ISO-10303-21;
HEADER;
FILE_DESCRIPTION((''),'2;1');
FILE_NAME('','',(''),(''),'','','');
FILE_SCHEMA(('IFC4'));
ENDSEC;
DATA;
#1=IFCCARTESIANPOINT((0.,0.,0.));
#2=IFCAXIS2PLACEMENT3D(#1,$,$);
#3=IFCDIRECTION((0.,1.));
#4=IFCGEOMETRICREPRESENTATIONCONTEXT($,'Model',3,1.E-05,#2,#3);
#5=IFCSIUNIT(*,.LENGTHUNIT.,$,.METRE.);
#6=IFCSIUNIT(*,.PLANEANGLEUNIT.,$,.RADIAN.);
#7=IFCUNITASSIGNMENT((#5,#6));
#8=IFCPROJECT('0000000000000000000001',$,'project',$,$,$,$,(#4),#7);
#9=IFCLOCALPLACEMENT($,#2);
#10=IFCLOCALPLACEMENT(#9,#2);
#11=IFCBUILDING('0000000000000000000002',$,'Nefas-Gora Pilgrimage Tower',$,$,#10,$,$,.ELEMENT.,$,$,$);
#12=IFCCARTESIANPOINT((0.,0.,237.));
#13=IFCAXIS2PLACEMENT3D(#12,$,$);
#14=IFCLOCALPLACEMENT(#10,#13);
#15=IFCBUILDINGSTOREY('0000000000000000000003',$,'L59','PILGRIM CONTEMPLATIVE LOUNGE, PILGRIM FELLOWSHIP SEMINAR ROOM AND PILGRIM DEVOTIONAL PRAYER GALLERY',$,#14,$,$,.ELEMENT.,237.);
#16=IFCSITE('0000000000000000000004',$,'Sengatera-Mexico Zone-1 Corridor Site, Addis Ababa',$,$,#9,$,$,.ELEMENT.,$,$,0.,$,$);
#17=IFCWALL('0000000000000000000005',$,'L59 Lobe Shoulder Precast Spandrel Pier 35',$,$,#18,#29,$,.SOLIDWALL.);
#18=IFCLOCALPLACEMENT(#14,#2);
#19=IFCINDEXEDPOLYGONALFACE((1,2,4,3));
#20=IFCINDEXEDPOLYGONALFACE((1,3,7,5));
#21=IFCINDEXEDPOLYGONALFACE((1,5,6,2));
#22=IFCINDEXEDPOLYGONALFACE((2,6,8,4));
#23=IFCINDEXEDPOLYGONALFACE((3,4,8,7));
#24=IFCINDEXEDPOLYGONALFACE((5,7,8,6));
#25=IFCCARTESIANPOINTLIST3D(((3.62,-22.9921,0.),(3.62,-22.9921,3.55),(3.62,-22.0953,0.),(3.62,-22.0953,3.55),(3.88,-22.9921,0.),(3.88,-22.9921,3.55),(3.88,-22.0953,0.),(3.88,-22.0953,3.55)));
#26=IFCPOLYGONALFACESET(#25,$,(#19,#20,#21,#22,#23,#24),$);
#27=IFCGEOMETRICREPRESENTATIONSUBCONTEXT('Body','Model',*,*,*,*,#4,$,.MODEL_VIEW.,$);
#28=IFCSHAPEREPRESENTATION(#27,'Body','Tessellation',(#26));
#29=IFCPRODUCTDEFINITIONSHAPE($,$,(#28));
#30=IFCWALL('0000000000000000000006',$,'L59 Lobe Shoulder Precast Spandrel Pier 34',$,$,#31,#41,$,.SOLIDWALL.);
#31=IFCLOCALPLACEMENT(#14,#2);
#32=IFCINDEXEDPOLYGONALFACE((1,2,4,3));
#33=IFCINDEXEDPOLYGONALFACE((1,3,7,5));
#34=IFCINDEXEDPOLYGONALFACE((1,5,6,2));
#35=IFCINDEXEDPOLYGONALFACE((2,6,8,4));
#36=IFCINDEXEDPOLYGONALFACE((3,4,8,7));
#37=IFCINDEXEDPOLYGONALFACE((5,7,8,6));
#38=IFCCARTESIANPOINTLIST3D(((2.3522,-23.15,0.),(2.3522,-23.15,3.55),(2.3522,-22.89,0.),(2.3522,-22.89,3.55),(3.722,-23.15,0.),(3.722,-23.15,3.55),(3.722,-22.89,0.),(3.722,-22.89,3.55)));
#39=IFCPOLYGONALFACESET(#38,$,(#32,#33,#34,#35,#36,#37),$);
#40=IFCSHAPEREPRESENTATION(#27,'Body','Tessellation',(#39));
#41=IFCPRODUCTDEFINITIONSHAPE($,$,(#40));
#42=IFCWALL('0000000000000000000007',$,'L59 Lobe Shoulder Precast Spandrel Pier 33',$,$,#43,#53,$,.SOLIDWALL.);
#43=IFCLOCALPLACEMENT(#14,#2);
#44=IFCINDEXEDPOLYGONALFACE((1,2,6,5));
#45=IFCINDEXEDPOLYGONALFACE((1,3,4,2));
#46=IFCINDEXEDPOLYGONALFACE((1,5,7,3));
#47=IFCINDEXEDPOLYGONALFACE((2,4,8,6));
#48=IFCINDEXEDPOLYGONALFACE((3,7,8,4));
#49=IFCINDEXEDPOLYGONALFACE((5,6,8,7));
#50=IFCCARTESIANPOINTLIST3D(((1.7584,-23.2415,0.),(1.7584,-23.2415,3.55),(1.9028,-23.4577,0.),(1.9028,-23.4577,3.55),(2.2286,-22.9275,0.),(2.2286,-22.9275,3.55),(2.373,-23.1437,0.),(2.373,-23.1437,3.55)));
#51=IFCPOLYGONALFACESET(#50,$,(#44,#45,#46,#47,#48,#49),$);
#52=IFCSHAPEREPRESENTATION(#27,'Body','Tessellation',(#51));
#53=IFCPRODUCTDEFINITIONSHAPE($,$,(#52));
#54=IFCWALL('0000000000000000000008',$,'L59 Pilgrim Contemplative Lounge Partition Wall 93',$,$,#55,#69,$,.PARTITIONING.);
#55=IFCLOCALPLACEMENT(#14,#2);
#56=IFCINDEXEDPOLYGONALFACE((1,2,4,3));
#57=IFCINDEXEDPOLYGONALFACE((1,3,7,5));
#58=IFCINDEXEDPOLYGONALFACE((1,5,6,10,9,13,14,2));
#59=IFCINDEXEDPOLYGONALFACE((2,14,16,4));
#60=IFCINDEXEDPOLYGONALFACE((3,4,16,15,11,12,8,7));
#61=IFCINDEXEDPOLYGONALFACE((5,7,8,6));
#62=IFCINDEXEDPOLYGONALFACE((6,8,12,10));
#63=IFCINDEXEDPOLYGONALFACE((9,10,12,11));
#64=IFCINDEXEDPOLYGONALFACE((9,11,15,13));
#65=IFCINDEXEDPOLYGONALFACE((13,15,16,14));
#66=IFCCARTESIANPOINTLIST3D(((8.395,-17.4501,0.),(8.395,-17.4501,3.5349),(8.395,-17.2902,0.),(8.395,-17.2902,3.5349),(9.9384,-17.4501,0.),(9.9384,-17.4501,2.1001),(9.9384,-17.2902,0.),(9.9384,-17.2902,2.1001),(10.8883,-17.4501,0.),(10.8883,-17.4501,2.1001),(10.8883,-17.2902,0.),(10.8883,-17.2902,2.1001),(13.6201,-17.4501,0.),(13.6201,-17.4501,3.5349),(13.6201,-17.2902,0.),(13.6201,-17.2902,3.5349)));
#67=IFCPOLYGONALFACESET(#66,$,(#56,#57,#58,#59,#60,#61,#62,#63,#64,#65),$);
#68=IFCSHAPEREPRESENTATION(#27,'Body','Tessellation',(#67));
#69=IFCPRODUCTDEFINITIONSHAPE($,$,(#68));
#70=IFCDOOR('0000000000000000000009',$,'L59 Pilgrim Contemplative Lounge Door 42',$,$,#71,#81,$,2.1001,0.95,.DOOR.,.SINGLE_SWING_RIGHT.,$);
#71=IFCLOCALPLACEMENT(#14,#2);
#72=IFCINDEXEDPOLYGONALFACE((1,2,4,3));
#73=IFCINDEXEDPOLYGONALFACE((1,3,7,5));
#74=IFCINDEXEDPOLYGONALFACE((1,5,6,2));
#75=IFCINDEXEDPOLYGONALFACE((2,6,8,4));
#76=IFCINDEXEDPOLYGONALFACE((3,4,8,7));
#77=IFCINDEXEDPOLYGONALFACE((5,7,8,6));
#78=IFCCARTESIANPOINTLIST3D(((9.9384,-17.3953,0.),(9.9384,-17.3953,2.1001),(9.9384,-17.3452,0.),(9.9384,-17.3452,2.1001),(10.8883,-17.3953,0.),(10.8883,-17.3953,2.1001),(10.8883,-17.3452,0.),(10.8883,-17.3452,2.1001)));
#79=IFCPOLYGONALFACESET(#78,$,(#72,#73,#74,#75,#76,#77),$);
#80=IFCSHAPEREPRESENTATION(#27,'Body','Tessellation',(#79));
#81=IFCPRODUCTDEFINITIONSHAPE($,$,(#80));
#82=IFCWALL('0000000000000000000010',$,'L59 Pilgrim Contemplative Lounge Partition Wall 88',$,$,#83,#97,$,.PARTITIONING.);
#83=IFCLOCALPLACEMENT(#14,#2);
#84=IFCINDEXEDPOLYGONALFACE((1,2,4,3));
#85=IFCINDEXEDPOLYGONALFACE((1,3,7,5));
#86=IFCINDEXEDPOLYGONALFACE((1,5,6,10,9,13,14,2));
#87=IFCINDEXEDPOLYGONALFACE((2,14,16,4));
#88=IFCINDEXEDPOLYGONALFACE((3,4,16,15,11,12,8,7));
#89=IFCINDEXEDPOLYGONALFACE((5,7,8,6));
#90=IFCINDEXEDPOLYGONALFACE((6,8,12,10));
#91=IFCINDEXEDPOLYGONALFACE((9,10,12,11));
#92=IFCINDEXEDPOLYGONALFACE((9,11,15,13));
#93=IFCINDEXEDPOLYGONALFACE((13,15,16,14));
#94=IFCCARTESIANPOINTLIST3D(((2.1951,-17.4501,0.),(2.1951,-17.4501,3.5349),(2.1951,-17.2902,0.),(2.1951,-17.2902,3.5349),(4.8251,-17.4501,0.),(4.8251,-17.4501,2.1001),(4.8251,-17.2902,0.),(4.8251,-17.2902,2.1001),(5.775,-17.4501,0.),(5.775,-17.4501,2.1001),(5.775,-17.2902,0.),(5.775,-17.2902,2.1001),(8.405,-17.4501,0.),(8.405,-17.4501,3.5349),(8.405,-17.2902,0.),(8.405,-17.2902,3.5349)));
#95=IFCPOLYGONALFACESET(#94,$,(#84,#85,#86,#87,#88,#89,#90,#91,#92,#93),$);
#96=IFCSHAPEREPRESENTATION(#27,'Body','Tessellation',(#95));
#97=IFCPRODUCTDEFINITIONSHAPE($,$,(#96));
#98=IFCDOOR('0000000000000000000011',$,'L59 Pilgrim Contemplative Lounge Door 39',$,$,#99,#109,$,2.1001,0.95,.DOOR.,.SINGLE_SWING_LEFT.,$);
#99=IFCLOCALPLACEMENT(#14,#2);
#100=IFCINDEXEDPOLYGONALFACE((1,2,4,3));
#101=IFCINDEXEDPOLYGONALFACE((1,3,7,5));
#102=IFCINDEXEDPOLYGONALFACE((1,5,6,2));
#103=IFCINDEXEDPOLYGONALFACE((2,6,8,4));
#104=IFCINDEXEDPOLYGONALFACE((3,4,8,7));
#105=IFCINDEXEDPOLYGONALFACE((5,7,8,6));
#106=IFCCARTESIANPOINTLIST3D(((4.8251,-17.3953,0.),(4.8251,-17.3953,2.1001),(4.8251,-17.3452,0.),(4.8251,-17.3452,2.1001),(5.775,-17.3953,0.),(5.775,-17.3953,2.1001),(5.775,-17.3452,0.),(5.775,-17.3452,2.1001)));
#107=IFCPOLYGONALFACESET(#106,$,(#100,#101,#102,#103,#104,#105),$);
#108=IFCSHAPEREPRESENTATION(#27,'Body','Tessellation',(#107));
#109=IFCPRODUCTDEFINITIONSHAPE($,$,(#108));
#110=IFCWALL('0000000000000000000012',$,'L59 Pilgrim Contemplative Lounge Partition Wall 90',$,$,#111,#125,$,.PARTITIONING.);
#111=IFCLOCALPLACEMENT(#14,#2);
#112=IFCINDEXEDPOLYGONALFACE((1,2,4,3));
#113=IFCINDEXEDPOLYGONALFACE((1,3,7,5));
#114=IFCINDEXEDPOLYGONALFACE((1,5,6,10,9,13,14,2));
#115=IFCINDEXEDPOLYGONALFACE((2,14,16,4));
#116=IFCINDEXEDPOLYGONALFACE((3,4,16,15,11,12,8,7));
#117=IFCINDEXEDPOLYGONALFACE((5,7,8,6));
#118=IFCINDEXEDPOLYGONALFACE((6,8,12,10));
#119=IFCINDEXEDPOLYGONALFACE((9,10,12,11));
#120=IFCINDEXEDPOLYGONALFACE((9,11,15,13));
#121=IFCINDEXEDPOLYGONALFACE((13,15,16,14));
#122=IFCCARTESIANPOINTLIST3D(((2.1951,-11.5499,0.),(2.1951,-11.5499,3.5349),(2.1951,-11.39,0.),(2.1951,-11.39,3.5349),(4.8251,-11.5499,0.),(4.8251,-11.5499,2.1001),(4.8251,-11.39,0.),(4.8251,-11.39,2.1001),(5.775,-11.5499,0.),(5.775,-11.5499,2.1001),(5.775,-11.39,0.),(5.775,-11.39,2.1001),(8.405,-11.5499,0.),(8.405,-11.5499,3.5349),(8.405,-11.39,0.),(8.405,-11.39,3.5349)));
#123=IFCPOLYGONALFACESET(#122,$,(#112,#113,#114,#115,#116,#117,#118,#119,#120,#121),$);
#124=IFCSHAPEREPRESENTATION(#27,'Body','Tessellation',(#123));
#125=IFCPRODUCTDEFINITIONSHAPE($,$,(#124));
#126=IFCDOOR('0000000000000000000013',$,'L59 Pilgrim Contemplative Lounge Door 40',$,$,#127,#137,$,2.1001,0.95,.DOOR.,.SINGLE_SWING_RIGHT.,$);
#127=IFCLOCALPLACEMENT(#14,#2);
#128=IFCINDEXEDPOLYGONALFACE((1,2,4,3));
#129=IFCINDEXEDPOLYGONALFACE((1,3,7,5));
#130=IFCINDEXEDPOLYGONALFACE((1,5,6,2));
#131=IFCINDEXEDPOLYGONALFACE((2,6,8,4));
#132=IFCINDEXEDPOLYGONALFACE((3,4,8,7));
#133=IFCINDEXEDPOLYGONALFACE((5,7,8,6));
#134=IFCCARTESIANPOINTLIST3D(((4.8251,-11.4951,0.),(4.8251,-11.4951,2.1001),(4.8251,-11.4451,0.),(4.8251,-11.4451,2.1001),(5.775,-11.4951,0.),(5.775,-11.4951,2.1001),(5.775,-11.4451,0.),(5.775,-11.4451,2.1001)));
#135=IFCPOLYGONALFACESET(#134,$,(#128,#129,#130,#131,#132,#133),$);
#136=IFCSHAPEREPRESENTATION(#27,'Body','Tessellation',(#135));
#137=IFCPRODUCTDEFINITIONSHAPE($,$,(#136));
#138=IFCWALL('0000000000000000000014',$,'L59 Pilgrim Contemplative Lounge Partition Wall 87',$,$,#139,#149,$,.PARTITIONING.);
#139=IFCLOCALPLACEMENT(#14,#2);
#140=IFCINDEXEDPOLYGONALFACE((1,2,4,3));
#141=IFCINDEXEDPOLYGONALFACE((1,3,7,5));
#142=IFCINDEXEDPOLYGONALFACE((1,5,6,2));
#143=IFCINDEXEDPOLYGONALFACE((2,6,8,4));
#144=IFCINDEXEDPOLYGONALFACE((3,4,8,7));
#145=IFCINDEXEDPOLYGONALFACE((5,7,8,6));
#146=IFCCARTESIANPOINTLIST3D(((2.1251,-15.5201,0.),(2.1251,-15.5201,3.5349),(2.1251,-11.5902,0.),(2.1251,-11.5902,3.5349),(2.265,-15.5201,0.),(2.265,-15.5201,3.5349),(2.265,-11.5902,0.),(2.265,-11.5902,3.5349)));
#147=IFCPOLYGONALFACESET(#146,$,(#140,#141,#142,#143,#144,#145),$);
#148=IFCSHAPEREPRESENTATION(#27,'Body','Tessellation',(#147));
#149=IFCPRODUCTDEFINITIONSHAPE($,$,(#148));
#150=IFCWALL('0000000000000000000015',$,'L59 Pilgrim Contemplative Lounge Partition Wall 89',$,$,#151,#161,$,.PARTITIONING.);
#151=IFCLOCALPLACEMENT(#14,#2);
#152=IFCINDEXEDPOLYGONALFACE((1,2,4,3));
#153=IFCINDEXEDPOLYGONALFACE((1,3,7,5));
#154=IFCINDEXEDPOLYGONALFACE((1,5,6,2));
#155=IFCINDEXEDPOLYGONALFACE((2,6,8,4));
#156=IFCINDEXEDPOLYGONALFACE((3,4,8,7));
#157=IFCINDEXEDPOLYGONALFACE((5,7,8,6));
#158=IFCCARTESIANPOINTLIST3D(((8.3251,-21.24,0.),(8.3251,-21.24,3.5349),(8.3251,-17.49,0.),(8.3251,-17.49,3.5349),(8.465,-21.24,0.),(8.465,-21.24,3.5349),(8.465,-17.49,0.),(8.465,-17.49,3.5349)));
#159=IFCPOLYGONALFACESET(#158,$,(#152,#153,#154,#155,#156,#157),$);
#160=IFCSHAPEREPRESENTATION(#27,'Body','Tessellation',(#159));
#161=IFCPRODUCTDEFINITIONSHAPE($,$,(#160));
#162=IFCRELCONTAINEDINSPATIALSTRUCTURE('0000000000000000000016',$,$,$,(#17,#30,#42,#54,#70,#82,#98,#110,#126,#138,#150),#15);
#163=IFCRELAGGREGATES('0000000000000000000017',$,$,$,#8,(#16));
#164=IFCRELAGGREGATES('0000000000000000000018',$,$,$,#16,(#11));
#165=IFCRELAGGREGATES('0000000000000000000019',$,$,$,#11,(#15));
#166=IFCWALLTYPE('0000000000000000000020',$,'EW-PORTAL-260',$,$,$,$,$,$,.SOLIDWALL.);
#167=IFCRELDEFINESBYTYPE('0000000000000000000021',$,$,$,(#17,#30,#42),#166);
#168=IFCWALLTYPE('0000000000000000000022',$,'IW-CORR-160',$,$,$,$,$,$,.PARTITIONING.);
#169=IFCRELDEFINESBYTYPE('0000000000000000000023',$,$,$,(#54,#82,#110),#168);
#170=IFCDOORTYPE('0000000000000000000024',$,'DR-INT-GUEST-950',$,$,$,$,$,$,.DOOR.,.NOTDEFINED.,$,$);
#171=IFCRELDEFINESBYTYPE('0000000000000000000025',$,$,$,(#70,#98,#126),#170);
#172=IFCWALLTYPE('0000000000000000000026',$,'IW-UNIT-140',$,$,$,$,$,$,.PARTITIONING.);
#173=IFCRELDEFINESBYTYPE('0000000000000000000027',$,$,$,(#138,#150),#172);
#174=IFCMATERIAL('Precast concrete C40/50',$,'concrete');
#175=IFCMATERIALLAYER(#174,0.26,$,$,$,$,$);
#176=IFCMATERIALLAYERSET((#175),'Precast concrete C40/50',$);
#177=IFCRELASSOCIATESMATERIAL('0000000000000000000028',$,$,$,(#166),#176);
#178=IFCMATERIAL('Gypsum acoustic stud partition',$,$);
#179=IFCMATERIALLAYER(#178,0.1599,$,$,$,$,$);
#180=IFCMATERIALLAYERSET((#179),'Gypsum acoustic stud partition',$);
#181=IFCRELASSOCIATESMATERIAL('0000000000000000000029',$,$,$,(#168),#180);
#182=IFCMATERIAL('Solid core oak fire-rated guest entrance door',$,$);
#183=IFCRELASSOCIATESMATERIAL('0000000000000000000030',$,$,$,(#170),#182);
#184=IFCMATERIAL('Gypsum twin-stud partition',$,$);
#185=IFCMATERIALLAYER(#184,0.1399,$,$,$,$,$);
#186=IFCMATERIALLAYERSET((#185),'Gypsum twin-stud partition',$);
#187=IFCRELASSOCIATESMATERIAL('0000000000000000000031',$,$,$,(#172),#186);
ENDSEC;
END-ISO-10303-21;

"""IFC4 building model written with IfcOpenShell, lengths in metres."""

from ifc_helpers import new_model, si_unit, direction, frame, frame_2d, origin, place, context, subcontext, project, spatial, rectangle, extrude, source, transform, mapped, material, layer, layer_set, type_object, element, fill, save


model = new_model("IFC4")

# Units and contexts
model_context = context("Model", 3, precision=1e-05, world=origin(), true_north=direction((0.0, 1.0)))
body_context = subcontext(model_context, "Body", "Model", "MODEL_VIEW")
ifc_project = project(units=[si_unit("LENGTHUNIT", "METRE"), si_unit("PLANEANGLEUNIT", "RADIAN")], contexts=[model_context])

# Site, building, storey
site_placement = place(None, origin())
site = spatial("IfcSite", under=ifc_project, at=site_placement, Name="Sengatera-Mexico Zone-1 Corridor Site, Addis Ababa", CompositionType="ELEMENT", RefElevation=0.0)
building_placement = place(site_placement, origin())
building = spatial("IfcBuilding", under=site, at=building_placement, Name="Nefas-Gora Pilgrimage Tower", CompositionType="ELEMENT")
storey_placement = place(building_placement, frame((0.0, 0.0, 237.0)))
storey = spatial("IfcBuildingStorey", under=building, at=storey_placement, Name="L59", Description="PILGRIM CONTEMPLATIVE LOUNGE, PILGRIM FELLOWSHIP SEMINAR ROOM AND PILGRIM DEVOTIONAL PRAYER GALLERY", CompositionType="ELEMENT", Elevation=237.0)

# Walls
ifc_material_1 = material(Name="Precast concrete C40/50", Category="concrete")
ifc_layer_1 = layer(ifc_material_1, 0.26)
ifc_layer_set_1 = layer_set([ifc_layer_1], Name="Precast concrete C40/50")
wall_type_1 = type_object("IfcWallType", Name="EW-PORTAL-260", PredefinedType="SOLIDWALL", material=ifc_layer_set_1)
shared_shape_1 = source(origin(), body_context, "Body", "SweptSolid", [
    extrude(rectangle(XDim=0.8967, YDim=0.26, at=frame_2d((0.4482, 0.0))), origin(), (0.0, 0.0, 1.0), 3.55),
])
wall_1_placement = place(storey_placement, frame((3.75, -22.9919, 0.0), z_axis=(0.0, 0.0, 1.0), x_axis=(0.0, 1.0, 0.0)))
element("IfcWall", 1, at=wall_1_placement, inside=storey, type_object=wall_type_1, Name="L59 Lobe Shoulder Precast Spandrel Pier 35", PredefinedType="SOLIDWALL", context=body_context, shape_type="MappedRepresentation", body=[
    mapped(shared_shape_1, transform((0.0, 0.0, 0.0), x_axis=(1.0, 0.0, 0.0), y_axis=(0.0, 1.0, 0.0), z_axis=(0.0, 0.0, 1.0), scale=1.0)),
])
shared_shape_2 = source(origin(), body_context, "Body", "SweptSolid", [
    extrude(rectangle(XDim=1.3699, YDim=0.26, at=frame_2d((0.6851, 0.0))), origin(), (0.0, 0.0, 1.0), 3.55),
])
wall_2_placement = place(storey_placement, frame((2.3521, -23.02, 0.0), z_axis=(0.0, 0.0, 1.0), x_axis=(1.0, 0.0, 0.0)))
element("IfcWall", 2, at=wall_2_placement, inside=storey, type_object=wall_type_1, Name="L59 Lobe Shoulder Precast Spandrel Pier 34", PredefinedType="SOLIDWALL", context=body_context, shape_type="MappedRepresentation", body=[
    mapped(shared_shape_2, transform((0.0, 0.0, 0.0), x_axis=(1.0, 0.0, 0.0), y_axis=(0.0, 1.0, 0.0), z_axis=(0.0, 0.0, 1.0), scale=1.0)),
])
shared_shape_3 = source(origin(), body_context, "Body", "SweptSolid", [
    extrude(rectangle(XDim=0.5654, YDim=0.26, at=frame_2d((0.2827, 0.0))), origin(), (0.0, 0.0, 1.0), 3.55),
])
wall_3_placement = place(storey_placement, frame((1.8306, -23.3496, 0.0), z_axis=(0.0, 0.0, 1.0), x_axis=(0.831651, 0.555298, 0.0)))
element("IfcWall", 3, at=wall_3_placement, inside=storey, type_object=wall_type_1, Name="L59 Lobe Shoulder Precast Spandrel Pier 33", PredefinedType="SOLIDWALL", context=body_context, shape_type="MappedRepresentation", body=[
    mapped(shared_shape_3, transform((0.0, 0.0, 0.0), x_axis=(1.0, 0.0, 0.0), y_axis=(0.0, 1.0, 0.0), z_axis=(0.0, 0.0, 1.0), scale=1.0)),
])

# Walls, openings, doors
ifc_material_2 = material(Name="Gypsum acoustic stud partition")
ifc_layer_2 = layer(ifc_material_2, 0.1599)
ifc_layer_set_2 = layer_set([ifc_layer_2], Name="Gypsum acoustic stud partition")
wall_type_2 = type_object("IfcWallType", Name="IW-CORR-160", PredefinedType="PARTITIONING", material=ifc_layer_set_2)
shared_shape_4 = source(origin(), body_context, "Body", "SweptSolid", [
    extrude(rectangle(XDim=5.2251, YDim=0.1599, at=frame_2d((2.6125, 0.0))), origin(), (0.0, 0.0, 1.0), 3.5349),
])
wall_4_placement = place(storey_placement, frame((8.395, -17.3701, 0.0), z_axis=(0.0, 0.0, 1.0), x_axis=(1.0, 0.0, 0.0)))
wall_4 = element("IfcWall", 4, at=wall_4_placement, inside=storey, type_object=wall_type_2, Name="L59 Pilgrim Contemplative Lounge Partition Wall 93", PredefinedType="PARTITIONING", context=body_context, shape_type="MappedRepresentation", body=[
    mapped(shared_shape_4, transform((0.0, 0.0, 0.0), x_axis=(1.0, 0.0, 0.0), y_axis=(0.0, 1.0, 0.0), z_axis=(0.0, 0.0, 1.0), scale=1.0)),
])
opening_1_placement = place(wall_4_placement, frame((1.5432, 0.0, 0.0)))
opening_1 = element("IfcOpeningElement", 5, at=opening_1_placement, cuts=wall_4, PredefinedType="OPENING", context=body_context, shape_type="SweptSolid", body=[
    extrude(rectangle(XDim=0.95, YDim=2.1001, at=frame_2d((0.4751, 1.05))), frame((0.0, 0.0898, 0.0), z_axis=(0.0, -1.0, 0.0), x_axis=(1.0, 0.0, 0.0)), (0.0, 0.0, 1.0), 0.1799),
])
ifc_material_3 = material(Name="Solid core oak fire-rated guest entrance door")
door_type = type_object("IfcDoorType", Name="DR-INT-GUEST-950", OperationType="NOTDEFINED", PredefinedType="DOOR", material=ifc_material_3)
shared_shape_5 = source(origin(), body_context, "Body", "SweptSolid", [
    extrude(rectangle(XDim=0.95, YDim=2.1001, at=frame_2d((0.4751, 1.05))), frame((0.0, 0.0249, 0.0), z_axis=(0.0, -1.0, 0.0), x_axis=(1.0, 0.0, 0.0)), (0.0, 0.0, 1.0), 0.05),
])
door_1_placement = place(opening_1_placement, origin())
door_1 = element("IfcDoor", 6, at=door_1_placement, inside=storey, type_object=door_type, Name="L59 Pilgrim Contemplative Lounge Door 42", OperationType="SINGLE_SWING_RIGHT", OverallHeight=2.1001, OverallWidth=0.95, PredefinedType="DOOR", context=body_context, shape_type="MappedRepresentation", body=[
    mapped(shared_shape_5, transform((0.0, 0.0, 0.0), x_axis=(1.0, 0.0, 0.0), y_axis=(0.0, 1.0, 0.0), z_axis=(0.0, 0.0, 1.0), scale=1.0)),
])
fill(opening_1, door_1)
shared_shape_6 = source(origin(), body_context, "Body", "SweptSolid", [
    extrude(rectangle(XDim=6.21, YDim=0.1599, at=frame_2d((3.105, 0.0))), origin(), (0.0, 0.0, 1.0), 3.5349),
])
wall_5_placement = place(storey_placement, frame((2.1951, -17.3701, 0.0), z_axis=(0.0, 0.0, 1.0), x_axis=(1.0, 0.0, 0.0)))
wall_5 = element("IfcWall", 7, at=wall_5_placement, inside=storey, type_object=wall_type_2, Name="L59 Pilgrim Contemplative Lounge Partition Wall 88", PredefinedType="PARTITIONING", context=body_context, shape_type="MappedRepresentation", body=[
    mapped(shared_shape_6, transform((0.0, 0.0, 0.0), x_axis=(1.0, 0.0, 0.0), y_axis=(0.0, 1.0, 0.0), z_axis=(0.0, 0.0, 1.0), scale=1.0)),
])
opening_2_placement = place(wall_5_placement, frame((2.6299, 0.0, 0.0)))
opening_2 = element("IfcOpeningElement", 8, at=opening_2_placement, cuts=wall_5, PredefinedType="OPENING", context=body_context, shape_type="SweptSolid", body=[
    extrude(rectangle(XDim=0.95, YDim=2.1001, at=frame_2d((0.4751, 1.05))), frame((0.0, 0.0898, 0.0), z_axis=(0.0, -1.0, 0.0), x_axis=(1.0, 0.0, 0.0)), (0.0, 0.0, 1.0), 0.1799),
])
door_2_placement = place(opening_2_placement, origin())
door_2 = element("IfcDoor", 9, at=door_2_placement, inside=storey, type_object=door_type, Name="L59 Pilgrim Contemplative Lounge Door 39", OperationType="SINGLE_SWING_LEFT", OverallHeight=2.1001, OverallWidth=0.95, PredefinedType="DOOR", context=body_context, shape_type="MappedRepresentation", body=[
    mapped(shared_shape_5, transform((0.0, 0.0, 0.0), x_axis=(1.0, 0.0, 0.0), y_axis=(0.0, 1.0, 0.0), z_axis=(0.0, 0.0, 1.0), scale=1.0)),
])
fill(opening_2, door_2)
wall_6_placement = place(storey_placement, frame((2.1951, -11.47, 0.0), z_axis=(0.0, 0.0, 1.0), x_axis=(1.0, 0.0, 0.0)))
wall_6 = element("IfcWall", 10, at=wall_6_placement, inside=storey, type_object=wall_type_2, Name="L59 Pilgrim Contemplative Lounge Partition Wall 90", PredefinedType="PARTITIONING", context=body_context, shape_type="MappedRepresentation", body=[
    mapped(shared_shape_6, transform((0.0, 0.0, 0.0), x_axis=(1.0, 0.0, 0.0), y_axis=(0.0, 1.0, 0.0), z_axis=(0.0, 0.0, 1.0), scale=1.0)),
])
opening_3_placement = place(wall_6_placement, frame((2.6299, 0.0, 0.0)))
opening_3 = element("IfcOpeningElement", 11, at=opening_3_placement, cuts=wall_6, PredefinedType="OPENING", context=body_context, shape_type="SweptSolid", body=[
    extrude(rectangle(XDim=0.95, YDim=2.1001, at=frame_2d((0.4751, 1.05))), frame((0.0, 0.0898, 0.0), z_axis=(0.0, -1.0, 0.0), x_axis=(1.0, 0.0, 0.0)), (0.0, 0.0, 1.0), 0.1799),
])
door_3_placement = place(opening_3_placement, origin())
door_3 = element("IfcDoor", 12, at=door_3_placement, inside=storey, type_object=door_type, Name="L59 Pilgrim Contemplative Lounge Door 40", OperationType="SINGLE_SWING_RIGHT", OverallHeight=2.1001, OverallWidth=0.95, PredefinedType="DOOR", context=body_context, shape_type="MappedRepresentation", body=[
    mapped(shared_shape_5, transform((0.0, 0.0, 0.0), x_axis=(1.0, 0.0, 0.0), y_axis=(0.0, 1.0, 0.0), z_axis=(0.0, 0.0, 1.0), scale=1.0)),
])
fill(opening_3, door_3)

# Walls
ifc_material_4 = material(Name="Gypsum twin-stud partition")
ifc_layer_3 = layer(ifc_material_4, 0.1399)
ifc_layer_set_3 = layer_set([ifc_layer_3], Name="Gypsum twin-stud partition")
wall_type_3 = type_object("IfcWallType", Name="IW-UNIT-140", PredefinedType="PARTITIONING", material=ifc_layer_set_3)
shared_shape_7 = source(origin(), body_context, "Body", "SweptSolid", [
    extrude(rectangle(XDim=3.9299, YDim=0.1399, at=frame_2d((1.9648, 0.0))), origin(), (0.0, 0.0, 1.0), 3.5349),
])
wall_7_placement = place(storey_placement, frame((2.1951, -15.52, 0.0), z_axis=(0.0, 0.0, 1.0), x_axis=(0.0, 1.0, 0.0)))
element("IfcWall", 13, at=wall_7_placement, inside=storey, type_object=wall_type_3, Name="L59 Pilgrim Contemplative Lounge Partition Wall 87", PredefinedType="PARTITIONING", context=body_context, shape_type="MappedRepresentation", body=[
    mapped(shared_shape_7, transform((0.0, 0.0, 0.0), x_axis=(1.0, 0.0, 0.0), y_axis=(0.0, 1.0, 0.0), z_axis=(0.0, 0.0, 1.0), scale=1.0)),
])
shared_shape_8 = source(origin(), body_context, "Body", "SweptSolid", [
    extrude(rectangle(XDim=3.75, YDim=0.1399, at=frame_2d((1.875, 0.0))), origin(), (0.0, 0.0, 1.0), 3.5349),
])
wall_8_placement = place(storey_placement, frame((8.395, -21.24, 0.0), z_axis=(0.0, 0.0, 1.0), x_axis=(0.0, 1.0, 0.0)))
element("IfcWall", 14, at=wall_8_placement, inside=storey, type_object=wall_type_3, Name="L59 Pilgrim Contemplative Lounge Partition Wall 89", PredefinedType="PARTITIONING", context=body_context, shape_type="MappedRepresentation", body=[
    mapped(shared_shape_8, transform((0.0, 0.0, 0.0), x_axis=(1.0, 0.0, 0.0), y_axis=(0.0, 1.0, 0.0), z_axis=(0.0, 0.0, 1.0), scale=1.0)),
])

save(model, "model.ifc")
